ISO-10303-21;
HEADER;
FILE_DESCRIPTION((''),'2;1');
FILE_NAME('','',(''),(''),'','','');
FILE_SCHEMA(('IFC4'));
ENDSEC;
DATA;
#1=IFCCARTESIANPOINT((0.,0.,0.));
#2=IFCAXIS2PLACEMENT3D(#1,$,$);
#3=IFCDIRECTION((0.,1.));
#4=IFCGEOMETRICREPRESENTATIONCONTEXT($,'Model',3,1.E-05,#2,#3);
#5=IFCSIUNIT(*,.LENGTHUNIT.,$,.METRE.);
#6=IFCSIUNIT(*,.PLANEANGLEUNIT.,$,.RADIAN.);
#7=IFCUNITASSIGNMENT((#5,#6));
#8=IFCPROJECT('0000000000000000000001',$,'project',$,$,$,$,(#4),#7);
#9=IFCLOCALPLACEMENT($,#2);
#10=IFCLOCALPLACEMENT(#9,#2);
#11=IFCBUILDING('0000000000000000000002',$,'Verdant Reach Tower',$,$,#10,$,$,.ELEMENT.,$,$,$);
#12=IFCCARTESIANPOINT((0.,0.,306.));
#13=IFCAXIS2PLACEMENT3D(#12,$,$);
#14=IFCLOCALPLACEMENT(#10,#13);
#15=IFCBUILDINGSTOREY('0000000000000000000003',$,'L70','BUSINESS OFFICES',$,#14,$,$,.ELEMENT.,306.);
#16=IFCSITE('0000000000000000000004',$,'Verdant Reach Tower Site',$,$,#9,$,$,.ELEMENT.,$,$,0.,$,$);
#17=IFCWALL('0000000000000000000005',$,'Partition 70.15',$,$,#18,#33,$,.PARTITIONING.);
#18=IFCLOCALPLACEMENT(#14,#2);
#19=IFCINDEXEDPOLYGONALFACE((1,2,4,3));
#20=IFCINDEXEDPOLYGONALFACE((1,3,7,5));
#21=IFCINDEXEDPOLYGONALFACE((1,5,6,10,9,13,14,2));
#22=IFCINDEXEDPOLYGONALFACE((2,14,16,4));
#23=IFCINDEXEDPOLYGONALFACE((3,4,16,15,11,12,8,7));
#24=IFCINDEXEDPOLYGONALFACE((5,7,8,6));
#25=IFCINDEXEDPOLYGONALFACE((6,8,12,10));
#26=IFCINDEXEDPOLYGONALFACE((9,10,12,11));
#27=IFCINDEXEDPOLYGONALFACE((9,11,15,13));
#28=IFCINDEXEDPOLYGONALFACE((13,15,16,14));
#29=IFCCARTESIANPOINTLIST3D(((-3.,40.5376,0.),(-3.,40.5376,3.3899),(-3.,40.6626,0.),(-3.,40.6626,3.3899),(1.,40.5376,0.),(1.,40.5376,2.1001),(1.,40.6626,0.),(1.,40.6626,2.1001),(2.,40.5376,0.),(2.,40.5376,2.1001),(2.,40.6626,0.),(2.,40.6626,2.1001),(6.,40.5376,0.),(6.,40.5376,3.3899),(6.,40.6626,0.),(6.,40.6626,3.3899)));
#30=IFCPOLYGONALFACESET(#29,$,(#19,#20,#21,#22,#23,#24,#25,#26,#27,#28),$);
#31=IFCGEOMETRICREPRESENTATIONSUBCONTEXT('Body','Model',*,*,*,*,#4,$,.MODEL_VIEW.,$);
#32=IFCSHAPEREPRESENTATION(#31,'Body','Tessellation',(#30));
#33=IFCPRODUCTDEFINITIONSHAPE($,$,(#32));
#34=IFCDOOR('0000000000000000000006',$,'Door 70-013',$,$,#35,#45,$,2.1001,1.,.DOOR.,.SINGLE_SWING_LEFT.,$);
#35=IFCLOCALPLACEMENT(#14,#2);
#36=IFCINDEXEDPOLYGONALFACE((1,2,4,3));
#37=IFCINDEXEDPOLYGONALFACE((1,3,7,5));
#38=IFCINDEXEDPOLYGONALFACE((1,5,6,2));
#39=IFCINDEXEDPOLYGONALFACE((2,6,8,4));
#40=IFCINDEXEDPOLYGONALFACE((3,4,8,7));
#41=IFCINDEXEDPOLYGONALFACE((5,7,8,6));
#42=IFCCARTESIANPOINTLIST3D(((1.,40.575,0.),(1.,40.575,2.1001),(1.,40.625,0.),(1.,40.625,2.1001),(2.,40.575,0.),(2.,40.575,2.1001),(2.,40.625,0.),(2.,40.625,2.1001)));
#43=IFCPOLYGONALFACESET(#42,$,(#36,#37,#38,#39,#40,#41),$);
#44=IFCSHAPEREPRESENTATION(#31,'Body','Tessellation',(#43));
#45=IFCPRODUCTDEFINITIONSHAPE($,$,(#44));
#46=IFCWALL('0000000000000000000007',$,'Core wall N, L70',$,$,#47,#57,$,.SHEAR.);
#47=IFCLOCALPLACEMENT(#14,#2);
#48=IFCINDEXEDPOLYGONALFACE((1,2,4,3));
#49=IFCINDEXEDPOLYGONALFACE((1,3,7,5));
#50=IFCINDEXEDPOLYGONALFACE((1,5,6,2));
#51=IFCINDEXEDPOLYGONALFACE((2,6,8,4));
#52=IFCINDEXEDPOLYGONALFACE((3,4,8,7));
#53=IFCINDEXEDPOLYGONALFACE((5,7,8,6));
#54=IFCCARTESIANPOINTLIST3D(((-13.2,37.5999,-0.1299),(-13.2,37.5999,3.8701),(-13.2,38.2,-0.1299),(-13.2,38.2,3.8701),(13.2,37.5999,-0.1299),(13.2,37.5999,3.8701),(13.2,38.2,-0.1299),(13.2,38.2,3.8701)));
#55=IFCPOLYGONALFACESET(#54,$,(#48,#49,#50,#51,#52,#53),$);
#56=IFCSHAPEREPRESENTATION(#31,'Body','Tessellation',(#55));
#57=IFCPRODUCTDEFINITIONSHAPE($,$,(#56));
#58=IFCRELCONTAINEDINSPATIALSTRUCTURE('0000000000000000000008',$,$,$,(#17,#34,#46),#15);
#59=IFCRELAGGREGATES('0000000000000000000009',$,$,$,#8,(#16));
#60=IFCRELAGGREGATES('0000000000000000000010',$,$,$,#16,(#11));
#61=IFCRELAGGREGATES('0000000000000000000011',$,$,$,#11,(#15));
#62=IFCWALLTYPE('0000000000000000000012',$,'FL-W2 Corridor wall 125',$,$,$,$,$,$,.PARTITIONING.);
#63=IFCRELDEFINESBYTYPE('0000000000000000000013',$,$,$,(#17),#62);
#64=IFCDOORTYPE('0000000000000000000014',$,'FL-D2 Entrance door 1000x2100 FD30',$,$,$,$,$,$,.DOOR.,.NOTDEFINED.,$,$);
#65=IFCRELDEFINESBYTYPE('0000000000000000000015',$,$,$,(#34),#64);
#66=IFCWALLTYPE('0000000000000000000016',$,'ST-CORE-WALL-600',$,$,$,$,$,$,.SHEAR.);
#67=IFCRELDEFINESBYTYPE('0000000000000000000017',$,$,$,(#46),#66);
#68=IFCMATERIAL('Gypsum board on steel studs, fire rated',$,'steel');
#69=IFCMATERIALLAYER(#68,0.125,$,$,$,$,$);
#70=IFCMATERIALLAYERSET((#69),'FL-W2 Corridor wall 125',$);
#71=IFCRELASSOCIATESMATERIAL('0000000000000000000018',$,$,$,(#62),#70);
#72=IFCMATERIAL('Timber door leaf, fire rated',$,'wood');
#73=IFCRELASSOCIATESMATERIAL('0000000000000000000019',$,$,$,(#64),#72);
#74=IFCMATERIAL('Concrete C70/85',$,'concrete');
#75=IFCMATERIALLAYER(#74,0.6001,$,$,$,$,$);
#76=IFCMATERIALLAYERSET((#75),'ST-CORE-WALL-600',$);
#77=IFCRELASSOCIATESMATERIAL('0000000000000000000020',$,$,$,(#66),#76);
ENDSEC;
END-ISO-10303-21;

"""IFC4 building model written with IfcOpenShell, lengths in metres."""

from ifc_helpers import new_model, si_unit, direction, frame, frame_2d, origin, place, context, subcontext, project, spatial, rectangle, extrude, material, layer, layer_set, type_object, element, fill, save


model = new_model("IFC4")

# Units and contexts
model_context = context("Model", 3, precision=1e-05, world=origin(), true_north=direction((0.0, 1.0)))
body_context = subcontext(model_context, "Body", "Model", "MODEL_VIEW")
ifc_project = project(units=[si_unit("LENGTHUNIT", "METRE"), si_unit("PLANEANGLEUNIT", "RADIAN")], contexts=[model_context])

# Site, building, storey
site_placement = place(None, origin())
site = spatial("IfcSite", under=ifc_project, at=site_placement, Name="Verdant Reach Tower Site", CompositionType="ELEMENT", RefElevation=0.0)
building_placement = place(site_placement, origin())
building = spatial("IfcBuilding", under=site, at=building_placement, Name="Verdant Reach Tower", CompositionType="ELEMENT")
storey_placement = place(building_placement, frame((0.0, 0.0, 306.0)))
storey = spatial("IfcBuildingStorey", under=building, at=storey_placement, Name="L70", Description="BUSINESS OFFICES", CompositionType="ELEMENT", Elevation=306.0)

# Shared definitions
ifc_material_1 = material(Name="Gypsum board on steel studs, fire rated", Category="steel")
ifc_layer_1 = layer(ifc_material_1, 0.125)
ifc_layer_set_1 = layer_set([ifc_layer_1], Name="FL-W2 Corridor wall 125")
wall_type_1 = type_object("IfcWallType", Name="FL-W2 Corridor wall 125", PredefinedType="PARTITIONING", material=ifc_layer_set_1)

# Wall, opening, door
wall_1_placement = place(storey_placement, frame((-3.0, 40.6001, 0.0), z_axis=(0.0, 0.0, 1.0), x_axis=(1.0, 0.0, 0.0)))
wall_1 = element("IfcWall", 1, at=wall_1_placement, inside=storey, type_object=wall_type_1, Name="Partition 70.15", PredefinedType="PARTITIONING", context=body_context, shape_type="SweptSolid", body=[
    extrude(rectangle(XDim=9.0, YDim=0.125, at=frame_2d((4.5, 0.0))), origin(), (0.0, 0.0, 1.0), 3.3899),
])
opening_1_placement = place(wall_1_placement, frame((4.0, 0.0, 0.0)))
opening_1 = element("IfcOpeningElement", 2, at=opening_1_placement, cuts=wall_1, PredefinedType="OPENING", context=body_context, shape_type="SweptSolid", body=[
    extrude(rectangle(XDim=1.0, YDim=2.1001, at=frame_2d((0.5, 1.05))), frame((0.0, 0.0725, 0.0), z_axis=(0.0, -1.0, 0.0), x_axis=(1.0, 0.0, 0.0)), (0.0, 0.0, 1.0), 0.145),
])
ifc_material_2 = material(Name="Timber door leaf, fire rated", Category="wood")
door_type_1 = type_object("IfcDoorType", Name="FL-D2 Entrance door 1000x2100 FD30", OperationType="NOTDEFINED", PredefinedType="DOOR", material=ifc_material_2)
door_1_placement = place(opening_1_placement, origin())
door_1 = element("IfcDoor", 3, at=door_1_placement, inside=storey, type_object=door_type_1, Name="Door 70-013", OperationType="SINGLE_SWING_LEFT", OverallHeight=2.1001, OverallWidth=1.0, PredefinedType="DOOR", context=body_context, shape_type="SweptSolid", body=[
    extrude(rectangle(XDim=1.0, YDim=2.1001, at=frame_2d((0.5, 1.05))), frame((0.0, 0.0249, 0.0), z_axis=(0.0, -1.0, 0.0), x_axis=(1.0, 0.0, 0.0)), (0.0, 0.0, 1.0), 0.05),
])
fill(opening_1, door_1)

# Wall
ifc_material_3 = material(Name="Concrete C70/85", Category="concrete")
ifc_layer_2 = layer(ifc_material_3, 0.6001)
ifc_layer_set_2 = layer_set([ifc_layer_2], Name="ST-CORE-WALL-600")
wall_type_2 = type_object("IfcWallType", Name="ST-CORE-WALL-600", PredefinedType="SHEAR", material=ifc_layer_set_2)
wall_2_placement = place(storey_placement, frame((-13.2, 37.8999, -0.1299), z_axis=(0.0, 0.0, 1.0), x_axis=(1.0, 0.0, 0.0)))
element("IfcWall", 4, at=wall_2_placement, inside=storey, type_object=wall_type_2, Name="Core wall N, L70", PredefinedType="SHEAR", context=body_context, shape_type="SweptSolid", body=[
    extrude(rectangle(XDim=26.3999, YDim=0.6001, at=frame_2d((13.2, 0.0))), origin(), (0.0, 0.0, 1.0), 4.0),
])

save(model, "model.ifc")
